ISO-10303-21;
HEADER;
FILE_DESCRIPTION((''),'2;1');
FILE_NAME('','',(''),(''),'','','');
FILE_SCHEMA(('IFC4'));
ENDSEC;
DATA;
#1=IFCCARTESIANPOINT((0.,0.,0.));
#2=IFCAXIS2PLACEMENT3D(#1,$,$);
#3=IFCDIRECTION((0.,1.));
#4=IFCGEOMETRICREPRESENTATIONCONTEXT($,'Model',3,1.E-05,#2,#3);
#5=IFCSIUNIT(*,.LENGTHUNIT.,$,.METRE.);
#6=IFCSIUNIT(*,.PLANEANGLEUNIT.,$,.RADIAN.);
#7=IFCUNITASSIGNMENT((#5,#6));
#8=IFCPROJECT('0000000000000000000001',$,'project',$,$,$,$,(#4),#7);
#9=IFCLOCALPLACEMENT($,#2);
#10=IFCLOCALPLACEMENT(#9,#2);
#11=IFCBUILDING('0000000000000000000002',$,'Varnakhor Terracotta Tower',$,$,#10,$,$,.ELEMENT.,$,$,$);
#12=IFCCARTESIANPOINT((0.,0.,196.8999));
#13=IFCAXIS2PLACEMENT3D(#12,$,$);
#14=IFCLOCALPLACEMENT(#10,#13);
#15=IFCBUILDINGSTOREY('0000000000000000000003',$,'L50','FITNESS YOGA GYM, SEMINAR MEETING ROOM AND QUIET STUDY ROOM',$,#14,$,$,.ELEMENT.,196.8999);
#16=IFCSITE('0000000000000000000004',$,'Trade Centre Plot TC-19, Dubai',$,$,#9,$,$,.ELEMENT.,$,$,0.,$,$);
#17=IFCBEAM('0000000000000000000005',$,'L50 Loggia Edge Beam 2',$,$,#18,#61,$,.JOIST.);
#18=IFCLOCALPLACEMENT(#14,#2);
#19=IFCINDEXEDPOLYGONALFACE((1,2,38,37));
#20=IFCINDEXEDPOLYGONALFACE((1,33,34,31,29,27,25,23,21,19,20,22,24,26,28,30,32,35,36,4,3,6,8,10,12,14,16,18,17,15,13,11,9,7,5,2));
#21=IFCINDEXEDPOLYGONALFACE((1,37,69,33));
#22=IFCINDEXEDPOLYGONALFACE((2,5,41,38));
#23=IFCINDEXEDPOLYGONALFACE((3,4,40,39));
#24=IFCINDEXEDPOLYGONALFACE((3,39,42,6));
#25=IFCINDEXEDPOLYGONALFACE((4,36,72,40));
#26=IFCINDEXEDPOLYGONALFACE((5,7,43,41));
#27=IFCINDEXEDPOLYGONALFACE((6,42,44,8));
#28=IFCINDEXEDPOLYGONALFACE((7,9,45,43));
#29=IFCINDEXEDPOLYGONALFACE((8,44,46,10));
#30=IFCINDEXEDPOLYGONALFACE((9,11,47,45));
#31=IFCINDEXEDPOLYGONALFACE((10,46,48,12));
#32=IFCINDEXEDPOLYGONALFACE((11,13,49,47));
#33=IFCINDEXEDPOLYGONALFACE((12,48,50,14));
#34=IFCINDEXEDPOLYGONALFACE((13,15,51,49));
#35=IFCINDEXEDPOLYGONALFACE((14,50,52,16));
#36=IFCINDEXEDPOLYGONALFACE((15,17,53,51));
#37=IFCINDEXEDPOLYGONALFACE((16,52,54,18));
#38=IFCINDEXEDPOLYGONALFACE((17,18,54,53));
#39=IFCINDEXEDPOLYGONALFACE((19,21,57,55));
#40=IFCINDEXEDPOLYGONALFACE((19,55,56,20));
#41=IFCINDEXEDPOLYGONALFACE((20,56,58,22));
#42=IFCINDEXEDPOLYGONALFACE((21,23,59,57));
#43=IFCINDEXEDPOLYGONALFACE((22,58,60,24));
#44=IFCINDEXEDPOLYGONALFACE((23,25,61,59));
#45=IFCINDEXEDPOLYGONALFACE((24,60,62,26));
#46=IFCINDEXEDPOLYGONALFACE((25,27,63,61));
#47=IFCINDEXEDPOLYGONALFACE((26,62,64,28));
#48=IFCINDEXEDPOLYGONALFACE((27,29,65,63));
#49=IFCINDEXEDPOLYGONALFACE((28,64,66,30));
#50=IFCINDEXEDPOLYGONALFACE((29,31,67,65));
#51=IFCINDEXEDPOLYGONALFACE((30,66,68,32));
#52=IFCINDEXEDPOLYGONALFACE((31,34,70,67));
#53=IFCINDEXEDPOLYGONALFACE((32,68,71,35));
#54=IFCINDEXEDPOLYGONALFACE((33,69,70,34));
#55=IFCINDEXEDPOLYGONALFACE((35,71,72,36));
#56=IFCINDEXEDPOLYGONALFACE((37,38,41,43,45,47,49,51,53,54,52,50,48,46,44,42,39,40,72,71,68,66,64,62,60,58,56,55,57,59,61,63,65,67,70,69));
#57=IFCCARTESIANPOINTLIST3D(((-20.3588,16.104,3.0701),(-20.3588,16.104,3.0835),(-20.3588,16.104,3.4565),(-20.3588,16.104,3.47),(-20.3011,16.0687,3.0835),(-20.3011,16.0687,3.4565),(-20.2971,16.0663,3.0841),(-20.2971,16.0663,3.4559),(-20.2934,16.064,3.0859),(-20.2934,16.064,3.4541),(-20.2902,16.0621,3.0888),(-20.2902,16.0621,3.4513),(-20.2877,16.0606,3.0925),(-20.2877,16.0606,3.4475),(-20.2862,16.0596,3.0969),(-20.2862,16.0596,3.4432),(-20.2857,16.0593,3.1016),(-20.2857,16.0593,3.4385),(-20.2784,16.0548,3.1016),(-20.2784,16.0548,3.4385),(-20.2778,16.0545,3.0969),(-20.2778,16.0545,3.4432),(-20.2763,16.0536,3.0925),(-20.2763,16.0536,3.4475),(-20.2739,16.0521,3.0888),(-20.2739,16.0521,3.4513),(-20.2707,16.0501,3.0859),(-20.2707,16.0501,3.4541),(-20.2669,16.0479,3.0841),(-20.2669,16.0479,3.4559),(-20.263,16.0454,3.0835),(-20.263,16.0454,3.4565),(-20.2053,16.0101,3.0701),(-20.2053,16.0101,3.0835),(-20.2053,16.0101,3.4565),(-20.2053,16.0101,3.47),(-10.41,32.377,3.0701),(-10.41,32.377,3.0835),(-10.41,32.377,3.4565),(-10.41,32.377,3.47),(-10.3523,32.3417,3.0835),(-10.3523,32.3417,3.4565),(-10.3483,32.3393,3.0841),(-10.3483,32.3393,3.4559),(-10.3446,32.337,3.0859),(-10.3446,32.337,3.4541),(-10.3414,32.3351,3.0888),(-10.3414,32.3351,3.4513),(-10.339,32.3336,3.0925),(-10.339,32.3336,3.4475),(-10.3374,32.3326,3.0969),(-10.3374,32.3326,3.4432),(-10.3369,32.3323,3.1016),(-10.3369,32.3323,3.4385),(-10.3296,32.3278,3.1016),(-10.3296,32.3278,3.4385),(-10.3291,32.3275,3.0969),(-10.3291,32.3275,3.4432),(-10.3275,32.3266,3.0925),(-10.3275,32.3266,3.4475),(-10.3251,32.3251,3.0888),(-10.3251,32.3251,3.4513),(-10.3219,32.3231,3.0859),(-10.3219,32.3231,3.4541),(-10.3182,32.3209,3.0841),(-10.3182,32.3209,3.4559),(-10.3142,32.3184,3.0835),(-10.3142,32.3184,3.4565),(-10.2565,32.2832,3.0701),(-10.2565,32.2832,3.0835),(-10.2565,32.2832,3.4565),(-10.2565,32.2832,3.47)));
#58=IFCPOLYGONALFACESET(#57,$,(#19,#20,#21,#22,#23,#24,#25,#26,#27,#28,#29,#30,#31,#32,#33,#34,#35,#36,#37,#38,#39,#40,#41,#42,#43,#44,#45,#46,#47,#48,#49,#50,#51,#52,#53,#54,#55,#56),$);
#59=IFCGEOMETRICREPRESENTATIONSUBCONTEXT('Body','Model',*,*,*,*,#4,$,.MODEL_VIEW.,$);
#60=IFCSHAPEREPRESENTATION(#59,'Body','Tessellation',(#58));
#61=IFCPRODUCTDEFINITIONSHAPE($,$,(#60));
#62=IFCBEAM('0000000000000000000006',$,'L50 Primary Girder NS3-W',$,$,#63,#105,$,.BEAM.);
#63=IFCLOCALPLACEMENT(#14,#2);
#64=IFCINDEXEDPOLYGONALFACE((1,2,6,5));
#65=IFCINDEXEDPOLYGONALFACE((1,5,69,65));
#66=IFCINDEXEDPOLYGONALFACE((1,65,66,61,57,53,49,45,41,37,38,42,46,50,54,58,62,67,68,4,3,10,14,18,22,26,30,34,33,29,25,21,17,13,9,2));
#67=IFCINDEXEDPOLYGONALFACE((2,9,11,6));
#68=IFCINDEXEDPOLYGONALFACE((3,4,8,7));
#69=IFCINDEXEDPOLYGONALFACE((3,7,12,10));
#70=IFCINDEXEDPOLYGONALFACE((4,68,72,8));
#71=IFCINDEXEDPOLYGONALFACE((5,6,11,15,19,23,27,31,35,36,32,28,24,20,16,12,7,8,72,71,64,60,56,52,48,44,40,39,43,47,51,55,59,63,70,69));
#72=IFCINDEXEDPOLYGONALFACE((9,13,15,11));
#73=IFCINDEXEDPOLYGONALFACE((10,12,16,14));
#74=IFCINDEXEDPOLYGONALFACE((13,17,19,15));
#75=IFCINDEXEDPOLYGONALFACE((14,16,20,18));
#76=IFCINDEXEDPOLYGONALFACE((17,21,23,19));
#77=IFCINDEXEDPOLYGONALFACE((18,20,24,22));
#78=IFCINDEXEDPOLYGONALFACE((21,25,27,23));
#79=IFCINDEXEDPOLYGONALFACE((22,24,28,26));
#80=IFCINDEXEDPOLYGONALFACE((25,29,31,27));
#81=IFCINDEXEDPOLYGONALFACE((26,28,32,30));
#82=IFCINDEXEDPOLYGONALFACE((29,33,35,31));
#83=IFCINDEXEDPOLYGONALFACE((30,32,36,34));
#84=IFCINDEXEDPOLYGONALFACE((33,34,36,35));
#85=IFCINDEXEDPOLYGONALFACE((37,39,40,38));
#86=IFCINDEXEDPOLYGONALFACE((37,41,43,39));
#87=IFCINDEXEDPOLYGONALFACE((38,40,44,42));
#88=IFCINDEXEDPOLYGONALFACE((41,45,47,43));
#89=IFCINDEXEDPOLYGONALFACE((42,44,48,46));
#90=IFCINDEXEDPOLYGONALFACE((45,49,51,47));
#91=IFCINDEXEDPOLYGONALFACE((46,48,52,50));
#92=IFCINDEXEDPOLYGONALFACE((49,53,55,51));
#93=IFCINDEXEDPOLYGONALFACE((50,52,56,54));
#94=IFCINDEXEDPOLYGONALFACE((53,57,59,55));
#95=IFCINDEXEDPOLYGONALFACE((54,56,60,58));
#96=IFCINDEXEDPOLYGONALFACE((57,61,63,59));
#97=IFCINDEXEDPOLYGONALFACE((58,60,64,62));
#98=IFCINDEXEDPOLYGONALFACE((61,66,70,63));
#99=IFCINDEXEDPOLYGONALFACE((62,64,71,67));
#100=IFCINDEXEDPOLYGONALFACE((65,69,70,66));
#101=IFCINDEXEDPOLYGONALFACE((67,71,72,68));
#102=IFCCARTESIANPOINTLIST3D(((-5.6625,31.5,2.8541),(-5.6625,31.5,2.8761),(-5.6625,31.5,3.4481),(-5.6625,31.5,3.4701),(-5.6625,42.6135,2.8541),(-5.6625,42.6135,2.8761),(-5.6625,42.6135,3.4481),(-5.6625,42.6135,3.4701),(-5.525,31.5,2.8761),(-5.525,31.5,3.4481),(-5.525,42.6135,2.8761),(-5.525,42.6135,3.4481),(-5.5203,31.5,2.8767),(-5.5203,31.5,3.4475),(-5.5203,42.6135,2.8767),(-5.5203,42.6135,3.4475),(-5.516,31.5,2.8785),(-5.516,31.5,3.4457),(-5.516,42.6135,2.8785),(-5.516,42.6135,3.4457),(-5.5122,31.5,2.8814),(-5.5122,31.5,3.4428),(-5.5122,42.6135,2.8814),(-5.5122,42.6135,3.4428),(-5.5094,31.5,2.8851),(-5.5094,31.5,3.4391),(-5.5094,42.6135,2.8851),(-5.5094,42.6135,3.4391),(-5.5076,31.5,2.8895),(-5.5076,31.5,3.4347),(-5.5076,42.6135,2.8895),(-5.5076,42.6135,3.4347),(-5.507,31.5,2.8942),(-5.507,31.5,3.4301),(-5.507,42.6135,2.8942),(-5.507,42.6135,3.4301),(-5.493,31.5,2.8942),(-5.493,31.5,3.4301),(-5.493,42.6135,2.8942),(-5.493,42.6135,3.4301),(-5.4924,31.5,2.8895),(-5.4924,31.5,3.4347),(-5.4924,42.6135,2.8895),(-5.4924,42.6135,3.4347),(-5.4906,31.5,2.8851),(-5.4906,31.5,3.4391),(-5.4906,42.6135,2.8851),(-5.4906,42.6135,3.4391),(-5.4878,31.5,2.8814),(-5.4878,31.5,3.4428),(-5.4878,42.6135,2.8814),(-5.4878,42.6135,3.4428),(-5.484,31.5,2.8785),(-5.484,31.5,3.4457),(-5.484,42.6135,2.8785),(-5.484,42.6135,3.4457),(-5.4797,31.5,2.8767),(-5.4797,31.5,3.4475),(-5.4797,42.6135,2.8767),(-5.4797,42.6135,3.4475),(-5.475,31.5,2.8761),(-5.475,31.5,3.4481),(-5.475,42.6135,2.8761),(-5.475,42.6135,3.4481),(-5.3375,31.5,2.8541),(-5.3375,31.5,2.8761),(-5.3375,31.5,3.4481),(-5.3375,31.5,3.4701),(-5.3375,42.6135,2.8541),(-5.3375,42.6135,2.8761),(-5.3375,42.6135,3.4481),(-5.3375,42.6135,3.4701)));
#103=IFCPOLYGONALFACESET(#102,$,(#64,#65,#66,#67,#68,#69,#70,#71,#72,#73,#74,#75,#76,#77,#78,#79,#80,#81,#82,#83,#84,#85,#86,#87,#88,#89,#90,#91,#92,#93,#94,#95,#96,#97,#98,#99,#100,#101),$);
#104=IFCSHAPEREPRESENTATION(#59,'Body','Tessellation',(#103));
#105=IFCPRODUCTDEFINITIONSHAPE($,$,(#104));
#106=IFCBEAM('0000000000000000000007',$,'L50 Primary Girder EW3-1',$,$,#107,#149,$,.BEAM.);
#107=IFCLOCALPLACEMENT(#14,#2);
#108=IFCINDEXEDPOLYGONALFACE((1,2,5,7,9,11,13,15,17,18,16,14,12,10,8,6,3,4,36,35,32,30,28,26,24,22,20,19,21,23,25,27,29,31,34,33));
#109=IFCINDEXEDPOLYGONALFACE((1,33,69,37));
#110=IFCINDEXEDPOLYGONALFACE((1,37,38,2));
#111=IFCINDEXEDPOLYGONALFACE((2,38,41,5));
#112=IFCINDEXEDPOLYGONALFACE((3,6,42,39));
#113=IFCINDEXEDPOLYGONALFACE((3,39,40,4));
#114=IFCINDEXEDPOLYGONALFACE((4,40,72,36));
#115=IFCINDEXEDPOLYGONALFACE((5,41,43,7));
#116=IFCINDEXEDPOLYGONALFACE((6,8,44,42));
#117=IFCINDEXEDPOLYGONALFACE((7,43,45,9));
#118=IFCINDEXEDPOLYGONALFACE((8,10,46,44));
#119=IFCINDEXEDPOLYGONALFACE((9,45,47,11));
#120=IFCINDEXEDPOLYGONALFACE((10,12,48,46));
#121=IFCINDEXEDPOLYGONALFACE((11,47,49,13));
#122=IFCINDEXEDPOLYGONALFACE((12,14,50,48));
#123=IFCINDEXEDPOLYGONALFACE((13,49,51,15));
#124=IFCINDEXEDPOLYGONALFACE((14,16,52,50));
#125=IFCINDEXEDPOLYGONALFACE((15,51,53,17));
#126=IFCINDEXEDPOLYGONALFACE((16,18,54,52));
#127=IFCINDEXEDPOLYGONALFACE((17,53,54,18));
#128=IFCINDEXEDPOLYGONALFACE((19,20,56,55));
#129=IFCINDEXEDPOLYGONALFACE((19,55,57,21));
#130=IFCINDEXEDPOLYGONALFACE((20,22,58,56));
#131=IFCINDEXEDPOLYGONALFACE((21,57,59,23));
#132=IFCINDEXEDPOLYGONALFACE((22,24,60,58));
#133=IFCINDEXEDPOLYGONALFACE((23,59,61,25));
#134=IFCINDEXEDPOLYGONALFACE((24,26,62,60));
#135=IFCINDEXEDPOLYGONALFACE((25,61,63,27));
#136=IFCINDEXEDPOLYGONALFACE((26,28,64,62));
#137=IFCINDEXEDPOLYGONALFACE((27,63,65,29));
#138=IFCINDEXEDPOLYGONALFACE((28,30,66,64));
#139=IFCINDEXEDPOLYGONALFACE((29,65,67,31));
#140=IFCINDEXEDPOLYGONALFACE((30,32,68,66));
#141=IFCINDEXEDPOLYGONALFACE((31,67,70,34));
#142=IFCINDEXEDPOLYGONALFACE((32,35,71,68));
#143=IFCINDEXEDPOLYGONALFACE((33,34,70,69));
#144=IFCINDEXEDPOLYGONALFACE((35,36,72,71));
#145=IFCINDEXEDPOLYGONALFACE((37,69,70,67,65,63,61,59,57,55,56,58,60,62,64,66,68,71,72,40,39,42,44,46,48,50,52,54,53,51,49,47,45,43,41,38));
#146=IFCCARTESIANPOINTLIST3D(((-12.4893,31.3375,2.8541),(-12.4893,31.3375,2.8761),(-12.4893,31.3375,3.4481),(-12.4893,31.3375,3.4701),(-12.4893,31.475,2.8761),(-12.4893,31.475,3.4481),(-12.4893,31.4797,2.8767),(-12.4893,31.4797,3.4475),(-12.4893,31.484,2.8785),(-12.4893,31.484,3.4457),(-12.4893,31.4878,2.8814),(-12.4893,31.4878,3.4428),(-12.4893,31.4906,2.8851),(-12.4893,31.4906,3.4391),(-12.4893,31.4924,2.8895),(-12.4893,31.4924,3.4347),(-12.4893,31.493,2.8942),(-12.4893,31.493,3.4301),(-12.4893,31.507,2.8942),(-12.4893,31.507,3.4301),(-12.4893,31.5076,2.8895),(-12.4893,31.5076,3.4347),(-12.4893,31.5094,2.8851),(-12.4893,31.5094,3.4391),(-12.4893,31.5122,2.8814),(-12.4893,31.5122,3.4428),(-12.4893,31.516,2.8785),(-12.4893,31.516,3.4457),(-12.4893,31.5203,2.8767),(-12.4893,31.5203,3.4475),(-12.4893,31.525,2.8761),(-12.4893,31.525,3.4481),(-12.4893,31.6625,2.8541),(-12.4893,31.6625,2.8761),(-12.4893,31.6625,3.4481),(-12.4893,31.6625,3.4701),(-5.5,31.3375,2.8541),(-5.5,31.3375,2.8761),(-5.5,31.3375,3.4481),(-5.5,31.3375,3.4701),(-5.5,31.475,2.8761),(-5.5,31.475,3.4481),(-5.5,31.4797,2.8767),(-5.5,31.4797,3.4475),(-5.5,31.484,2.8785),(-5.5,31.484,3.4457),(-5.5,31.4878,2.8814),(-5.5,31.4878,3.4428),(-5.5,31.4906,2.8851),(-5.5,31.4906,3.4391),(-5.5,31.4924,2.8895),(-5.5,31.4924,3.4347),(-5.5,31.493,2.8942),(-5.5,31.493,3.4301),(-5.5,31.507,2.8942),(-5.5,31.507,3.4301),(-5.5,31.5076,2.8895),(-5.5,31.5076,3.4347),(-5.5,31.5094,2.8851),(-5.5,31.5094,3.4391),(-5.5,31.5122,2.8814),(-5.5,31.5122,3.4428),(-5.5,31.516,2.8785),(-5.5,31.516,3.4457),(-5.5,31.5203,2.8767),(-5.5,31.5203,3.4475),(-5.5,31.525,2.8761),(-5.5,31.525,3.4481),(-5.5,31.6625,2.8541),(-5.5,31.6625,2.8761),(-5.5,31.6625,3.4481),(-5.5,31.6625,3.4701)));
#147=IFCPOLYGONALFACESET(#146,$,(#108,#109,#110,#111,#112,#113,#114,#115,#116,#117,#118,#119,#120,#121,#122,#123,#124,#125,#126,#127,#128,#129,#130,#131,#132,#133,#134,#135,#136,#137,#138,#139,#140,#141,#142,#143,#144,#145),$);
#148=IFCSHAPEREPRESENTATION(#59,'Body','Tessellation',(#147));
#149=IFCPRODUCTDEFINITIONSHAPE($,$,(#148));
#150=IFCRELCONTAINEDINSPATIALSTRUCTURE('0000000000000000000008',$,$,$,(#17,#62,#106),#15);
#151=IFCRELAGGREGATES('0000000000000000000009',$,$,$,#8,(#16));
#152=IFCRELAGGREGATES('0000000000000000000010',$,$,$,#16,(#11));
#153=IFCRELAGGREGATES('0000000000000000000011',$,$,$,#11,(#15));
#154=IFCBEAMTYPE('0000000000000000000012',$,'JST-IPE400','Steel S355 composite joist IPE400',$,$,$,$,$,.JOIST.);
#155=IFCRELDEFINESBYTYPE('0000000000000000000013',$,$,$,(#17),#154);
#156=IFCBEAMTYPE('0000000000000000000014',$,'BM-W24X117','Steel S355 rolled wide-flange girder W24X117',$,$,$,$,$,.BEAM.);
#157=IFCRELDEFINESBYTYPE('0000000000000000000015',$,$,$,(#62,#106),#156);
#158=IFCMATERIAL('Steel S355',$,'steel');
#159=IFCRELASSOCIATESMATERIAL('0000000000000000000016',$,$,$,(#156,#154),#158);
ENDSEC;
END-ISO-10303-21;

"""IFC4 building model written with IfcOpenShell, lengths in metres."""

from ifc_helpers import new_model, si_unit, direction, frame, origin, origin_2d, place, context, subcontext, project, spatial, i_section, extrude, source, transform, mapped, material, material_profile, profile_set, type_object, element, save


model = new_model("IFC4")

# Units and contexts
model_context = context("Model", 3, precision=1e-05, world=origin(), true_north=direction((0.0, 1.0)))
body_context = subcontext(model_context, "Body", "Model", "MODEL_VIEW")
ifc_project = project(units=[si_unit("LENGTHUNIT", "METRE"), si_unit("PLANEANGLEUNIT", "RADIAN")], contexts=[model_context])

# Site, building, storey
site_placement = place(None, origin())
site = spatial("IfcSite", under=ifc_project, at=site_placement, Name="Trade Centre Plot TC-19, Dubai", CompositionType="ELEMENT", RefElevation=0.0)
building_placement = place(site_placement, origin())
building = spatial("IfcBuilding", under=site, at=building_placement, Name="Varnakhor Terracotta Tower", CompositionType="ELEMENT")
storey_placement = place(building_placement, frame((0.0, 0.0, 196.8999)))
storey = spatial("IfcBuildingStorey", under=building, at=storey_placement, Name="L50", Description="FITNESS YOGA GYM, SEMINAR MEETING ROOM AND QUIET STUDY ROOM", CompositionType="ELEMENT", Elevation=196.8999)

# Beams
ifc_material_1 = material(Name="Steel S355", Category="steel")
ifc_material_profile_1 = material_profile(ifc_material_1, i_section(OverallWidth=0.325, OverallDepth=0.616, WebThickness=0.0139, FlangeThickness=0.022, FilletRadius=0.0181, at=origin_2d()), Name="W24X117")
ifc_profile_set_1 = profile_set([ifc_material_profile_1], Name="Steel S355")
beam_type_1 = type_object("IfcBeamType", Name="BM-W24X117", Description="Steel S355 rolled wide-flange girder W24X117", PredefinedType="BEAM", material=ifc_profile_set_1)
ifc_material_profile_2 = material_profile(ifc_material_1, i_section(OverallWidth=0.1799, OverallDepth=0.3999, WebThickness=0.0085, FlangeThickness=0.0134, FilletRadius=0.0181, at=origin_2d()), Name="IPE400")
ifc_profile_set_2 = profile_set([ifc_material_profile_2], Name="Steel S355")
beam_type_2 = type_object("IfcBeamType", Name="JST-IPE400", Description="Steel S355 composite joist IPE400", PredefinedType="JOIST", material=ifc_profile_set_2)
shared_shape_1 = source(origin(), body_context, "Body", "SweptSolid", [
    extrude(i_section(OverallWidth=0.1799, OverallDepth=0.3999, WebThickness=0.0085, FlangeThickness=0.0134, FilletRadius=0.0181, at=origin_2d()), origin(), (0.0, 0.0, 1.0), 19.0732),
])
beam_1_placement = place(storey_placement, frame((-10.3333, 32.3301, 3.27), z_axis=(-0.521608, -0.853185, 0.0), x_axis=(0.853185, -0.521608, 0.0)))
element("IfcBeam", 1, at=beam_1_placement, inside=storey, type_object=beam_type_2, Name="L50 Loggia Edge Beam 2", PredefinedType="JOIST", context=body_context, shape_type="MappedRepresentation", body=[
    mapped(shared_shape_1, transform((0.0, 0.0, 0.0), scale=1.0)),
])
shared_shape_2 = source(origin(), body_context, "Body", "SweptSolid", [
    extrude(i_section(OverallWidth=0.325, OverallDepth=0.616, WebThickness=0.0139, FlangeThickness=0.022, FilletRadius=0.0181, at=origin_2d()), origin(), (0.0, 0.0, 1.0), 11.1135),
])
beam_2_placement = place(storey_placement, frame((-5.5, 31.5, 3.1621), z_axis=(0.0, 1.0, 0.0), x_axis=(-1.0, 0.0, 0.0)))
element("IfcBeam", 2, at=beam_2_placement, inside=storey, type_object=beam_type_1, Name="L50 Primary Girder NS3-W", PredefinedType="BEAM", context=body_context, shape_type="MappedRepresentation", body=[
    mapped(shared_shape_2, transform((0.0, 0.0, 0.0), scale=1.0)),
])
shared_shape_3 = source(origin(), body_context, "Body", "SweptSolid", [
    extrude(i_section(OverallWidth=0.325, OverallDepth=0.616, WebThickness=0.0139, FlangeThickness=0.022, FilletRadius=0.0181, at=origin_2d()), origin(), (0.0, 0.0, 1.0), 6.9893),
])
beam_3_placement = place(storey_placement, frame((-12.4893, 31.5, 3.1621), z_axis=(1.0, 0.0, 0.0), x_axis=(0.0, 1.0, 0.0)))
element("IfcBeam", 3, at=beam_3_placement, inside=storey, type_object=beam_type_1, Name="L50 Primary Girder EW3-1", PredefinedType="BEAM", context=body_context, shape_type="MappedRepresentation", body=[
    mapped(shared_shape_3, transform((0.0, 0.0, 0.0), scale=1.0)),
])

save(model, "model.ifc")
